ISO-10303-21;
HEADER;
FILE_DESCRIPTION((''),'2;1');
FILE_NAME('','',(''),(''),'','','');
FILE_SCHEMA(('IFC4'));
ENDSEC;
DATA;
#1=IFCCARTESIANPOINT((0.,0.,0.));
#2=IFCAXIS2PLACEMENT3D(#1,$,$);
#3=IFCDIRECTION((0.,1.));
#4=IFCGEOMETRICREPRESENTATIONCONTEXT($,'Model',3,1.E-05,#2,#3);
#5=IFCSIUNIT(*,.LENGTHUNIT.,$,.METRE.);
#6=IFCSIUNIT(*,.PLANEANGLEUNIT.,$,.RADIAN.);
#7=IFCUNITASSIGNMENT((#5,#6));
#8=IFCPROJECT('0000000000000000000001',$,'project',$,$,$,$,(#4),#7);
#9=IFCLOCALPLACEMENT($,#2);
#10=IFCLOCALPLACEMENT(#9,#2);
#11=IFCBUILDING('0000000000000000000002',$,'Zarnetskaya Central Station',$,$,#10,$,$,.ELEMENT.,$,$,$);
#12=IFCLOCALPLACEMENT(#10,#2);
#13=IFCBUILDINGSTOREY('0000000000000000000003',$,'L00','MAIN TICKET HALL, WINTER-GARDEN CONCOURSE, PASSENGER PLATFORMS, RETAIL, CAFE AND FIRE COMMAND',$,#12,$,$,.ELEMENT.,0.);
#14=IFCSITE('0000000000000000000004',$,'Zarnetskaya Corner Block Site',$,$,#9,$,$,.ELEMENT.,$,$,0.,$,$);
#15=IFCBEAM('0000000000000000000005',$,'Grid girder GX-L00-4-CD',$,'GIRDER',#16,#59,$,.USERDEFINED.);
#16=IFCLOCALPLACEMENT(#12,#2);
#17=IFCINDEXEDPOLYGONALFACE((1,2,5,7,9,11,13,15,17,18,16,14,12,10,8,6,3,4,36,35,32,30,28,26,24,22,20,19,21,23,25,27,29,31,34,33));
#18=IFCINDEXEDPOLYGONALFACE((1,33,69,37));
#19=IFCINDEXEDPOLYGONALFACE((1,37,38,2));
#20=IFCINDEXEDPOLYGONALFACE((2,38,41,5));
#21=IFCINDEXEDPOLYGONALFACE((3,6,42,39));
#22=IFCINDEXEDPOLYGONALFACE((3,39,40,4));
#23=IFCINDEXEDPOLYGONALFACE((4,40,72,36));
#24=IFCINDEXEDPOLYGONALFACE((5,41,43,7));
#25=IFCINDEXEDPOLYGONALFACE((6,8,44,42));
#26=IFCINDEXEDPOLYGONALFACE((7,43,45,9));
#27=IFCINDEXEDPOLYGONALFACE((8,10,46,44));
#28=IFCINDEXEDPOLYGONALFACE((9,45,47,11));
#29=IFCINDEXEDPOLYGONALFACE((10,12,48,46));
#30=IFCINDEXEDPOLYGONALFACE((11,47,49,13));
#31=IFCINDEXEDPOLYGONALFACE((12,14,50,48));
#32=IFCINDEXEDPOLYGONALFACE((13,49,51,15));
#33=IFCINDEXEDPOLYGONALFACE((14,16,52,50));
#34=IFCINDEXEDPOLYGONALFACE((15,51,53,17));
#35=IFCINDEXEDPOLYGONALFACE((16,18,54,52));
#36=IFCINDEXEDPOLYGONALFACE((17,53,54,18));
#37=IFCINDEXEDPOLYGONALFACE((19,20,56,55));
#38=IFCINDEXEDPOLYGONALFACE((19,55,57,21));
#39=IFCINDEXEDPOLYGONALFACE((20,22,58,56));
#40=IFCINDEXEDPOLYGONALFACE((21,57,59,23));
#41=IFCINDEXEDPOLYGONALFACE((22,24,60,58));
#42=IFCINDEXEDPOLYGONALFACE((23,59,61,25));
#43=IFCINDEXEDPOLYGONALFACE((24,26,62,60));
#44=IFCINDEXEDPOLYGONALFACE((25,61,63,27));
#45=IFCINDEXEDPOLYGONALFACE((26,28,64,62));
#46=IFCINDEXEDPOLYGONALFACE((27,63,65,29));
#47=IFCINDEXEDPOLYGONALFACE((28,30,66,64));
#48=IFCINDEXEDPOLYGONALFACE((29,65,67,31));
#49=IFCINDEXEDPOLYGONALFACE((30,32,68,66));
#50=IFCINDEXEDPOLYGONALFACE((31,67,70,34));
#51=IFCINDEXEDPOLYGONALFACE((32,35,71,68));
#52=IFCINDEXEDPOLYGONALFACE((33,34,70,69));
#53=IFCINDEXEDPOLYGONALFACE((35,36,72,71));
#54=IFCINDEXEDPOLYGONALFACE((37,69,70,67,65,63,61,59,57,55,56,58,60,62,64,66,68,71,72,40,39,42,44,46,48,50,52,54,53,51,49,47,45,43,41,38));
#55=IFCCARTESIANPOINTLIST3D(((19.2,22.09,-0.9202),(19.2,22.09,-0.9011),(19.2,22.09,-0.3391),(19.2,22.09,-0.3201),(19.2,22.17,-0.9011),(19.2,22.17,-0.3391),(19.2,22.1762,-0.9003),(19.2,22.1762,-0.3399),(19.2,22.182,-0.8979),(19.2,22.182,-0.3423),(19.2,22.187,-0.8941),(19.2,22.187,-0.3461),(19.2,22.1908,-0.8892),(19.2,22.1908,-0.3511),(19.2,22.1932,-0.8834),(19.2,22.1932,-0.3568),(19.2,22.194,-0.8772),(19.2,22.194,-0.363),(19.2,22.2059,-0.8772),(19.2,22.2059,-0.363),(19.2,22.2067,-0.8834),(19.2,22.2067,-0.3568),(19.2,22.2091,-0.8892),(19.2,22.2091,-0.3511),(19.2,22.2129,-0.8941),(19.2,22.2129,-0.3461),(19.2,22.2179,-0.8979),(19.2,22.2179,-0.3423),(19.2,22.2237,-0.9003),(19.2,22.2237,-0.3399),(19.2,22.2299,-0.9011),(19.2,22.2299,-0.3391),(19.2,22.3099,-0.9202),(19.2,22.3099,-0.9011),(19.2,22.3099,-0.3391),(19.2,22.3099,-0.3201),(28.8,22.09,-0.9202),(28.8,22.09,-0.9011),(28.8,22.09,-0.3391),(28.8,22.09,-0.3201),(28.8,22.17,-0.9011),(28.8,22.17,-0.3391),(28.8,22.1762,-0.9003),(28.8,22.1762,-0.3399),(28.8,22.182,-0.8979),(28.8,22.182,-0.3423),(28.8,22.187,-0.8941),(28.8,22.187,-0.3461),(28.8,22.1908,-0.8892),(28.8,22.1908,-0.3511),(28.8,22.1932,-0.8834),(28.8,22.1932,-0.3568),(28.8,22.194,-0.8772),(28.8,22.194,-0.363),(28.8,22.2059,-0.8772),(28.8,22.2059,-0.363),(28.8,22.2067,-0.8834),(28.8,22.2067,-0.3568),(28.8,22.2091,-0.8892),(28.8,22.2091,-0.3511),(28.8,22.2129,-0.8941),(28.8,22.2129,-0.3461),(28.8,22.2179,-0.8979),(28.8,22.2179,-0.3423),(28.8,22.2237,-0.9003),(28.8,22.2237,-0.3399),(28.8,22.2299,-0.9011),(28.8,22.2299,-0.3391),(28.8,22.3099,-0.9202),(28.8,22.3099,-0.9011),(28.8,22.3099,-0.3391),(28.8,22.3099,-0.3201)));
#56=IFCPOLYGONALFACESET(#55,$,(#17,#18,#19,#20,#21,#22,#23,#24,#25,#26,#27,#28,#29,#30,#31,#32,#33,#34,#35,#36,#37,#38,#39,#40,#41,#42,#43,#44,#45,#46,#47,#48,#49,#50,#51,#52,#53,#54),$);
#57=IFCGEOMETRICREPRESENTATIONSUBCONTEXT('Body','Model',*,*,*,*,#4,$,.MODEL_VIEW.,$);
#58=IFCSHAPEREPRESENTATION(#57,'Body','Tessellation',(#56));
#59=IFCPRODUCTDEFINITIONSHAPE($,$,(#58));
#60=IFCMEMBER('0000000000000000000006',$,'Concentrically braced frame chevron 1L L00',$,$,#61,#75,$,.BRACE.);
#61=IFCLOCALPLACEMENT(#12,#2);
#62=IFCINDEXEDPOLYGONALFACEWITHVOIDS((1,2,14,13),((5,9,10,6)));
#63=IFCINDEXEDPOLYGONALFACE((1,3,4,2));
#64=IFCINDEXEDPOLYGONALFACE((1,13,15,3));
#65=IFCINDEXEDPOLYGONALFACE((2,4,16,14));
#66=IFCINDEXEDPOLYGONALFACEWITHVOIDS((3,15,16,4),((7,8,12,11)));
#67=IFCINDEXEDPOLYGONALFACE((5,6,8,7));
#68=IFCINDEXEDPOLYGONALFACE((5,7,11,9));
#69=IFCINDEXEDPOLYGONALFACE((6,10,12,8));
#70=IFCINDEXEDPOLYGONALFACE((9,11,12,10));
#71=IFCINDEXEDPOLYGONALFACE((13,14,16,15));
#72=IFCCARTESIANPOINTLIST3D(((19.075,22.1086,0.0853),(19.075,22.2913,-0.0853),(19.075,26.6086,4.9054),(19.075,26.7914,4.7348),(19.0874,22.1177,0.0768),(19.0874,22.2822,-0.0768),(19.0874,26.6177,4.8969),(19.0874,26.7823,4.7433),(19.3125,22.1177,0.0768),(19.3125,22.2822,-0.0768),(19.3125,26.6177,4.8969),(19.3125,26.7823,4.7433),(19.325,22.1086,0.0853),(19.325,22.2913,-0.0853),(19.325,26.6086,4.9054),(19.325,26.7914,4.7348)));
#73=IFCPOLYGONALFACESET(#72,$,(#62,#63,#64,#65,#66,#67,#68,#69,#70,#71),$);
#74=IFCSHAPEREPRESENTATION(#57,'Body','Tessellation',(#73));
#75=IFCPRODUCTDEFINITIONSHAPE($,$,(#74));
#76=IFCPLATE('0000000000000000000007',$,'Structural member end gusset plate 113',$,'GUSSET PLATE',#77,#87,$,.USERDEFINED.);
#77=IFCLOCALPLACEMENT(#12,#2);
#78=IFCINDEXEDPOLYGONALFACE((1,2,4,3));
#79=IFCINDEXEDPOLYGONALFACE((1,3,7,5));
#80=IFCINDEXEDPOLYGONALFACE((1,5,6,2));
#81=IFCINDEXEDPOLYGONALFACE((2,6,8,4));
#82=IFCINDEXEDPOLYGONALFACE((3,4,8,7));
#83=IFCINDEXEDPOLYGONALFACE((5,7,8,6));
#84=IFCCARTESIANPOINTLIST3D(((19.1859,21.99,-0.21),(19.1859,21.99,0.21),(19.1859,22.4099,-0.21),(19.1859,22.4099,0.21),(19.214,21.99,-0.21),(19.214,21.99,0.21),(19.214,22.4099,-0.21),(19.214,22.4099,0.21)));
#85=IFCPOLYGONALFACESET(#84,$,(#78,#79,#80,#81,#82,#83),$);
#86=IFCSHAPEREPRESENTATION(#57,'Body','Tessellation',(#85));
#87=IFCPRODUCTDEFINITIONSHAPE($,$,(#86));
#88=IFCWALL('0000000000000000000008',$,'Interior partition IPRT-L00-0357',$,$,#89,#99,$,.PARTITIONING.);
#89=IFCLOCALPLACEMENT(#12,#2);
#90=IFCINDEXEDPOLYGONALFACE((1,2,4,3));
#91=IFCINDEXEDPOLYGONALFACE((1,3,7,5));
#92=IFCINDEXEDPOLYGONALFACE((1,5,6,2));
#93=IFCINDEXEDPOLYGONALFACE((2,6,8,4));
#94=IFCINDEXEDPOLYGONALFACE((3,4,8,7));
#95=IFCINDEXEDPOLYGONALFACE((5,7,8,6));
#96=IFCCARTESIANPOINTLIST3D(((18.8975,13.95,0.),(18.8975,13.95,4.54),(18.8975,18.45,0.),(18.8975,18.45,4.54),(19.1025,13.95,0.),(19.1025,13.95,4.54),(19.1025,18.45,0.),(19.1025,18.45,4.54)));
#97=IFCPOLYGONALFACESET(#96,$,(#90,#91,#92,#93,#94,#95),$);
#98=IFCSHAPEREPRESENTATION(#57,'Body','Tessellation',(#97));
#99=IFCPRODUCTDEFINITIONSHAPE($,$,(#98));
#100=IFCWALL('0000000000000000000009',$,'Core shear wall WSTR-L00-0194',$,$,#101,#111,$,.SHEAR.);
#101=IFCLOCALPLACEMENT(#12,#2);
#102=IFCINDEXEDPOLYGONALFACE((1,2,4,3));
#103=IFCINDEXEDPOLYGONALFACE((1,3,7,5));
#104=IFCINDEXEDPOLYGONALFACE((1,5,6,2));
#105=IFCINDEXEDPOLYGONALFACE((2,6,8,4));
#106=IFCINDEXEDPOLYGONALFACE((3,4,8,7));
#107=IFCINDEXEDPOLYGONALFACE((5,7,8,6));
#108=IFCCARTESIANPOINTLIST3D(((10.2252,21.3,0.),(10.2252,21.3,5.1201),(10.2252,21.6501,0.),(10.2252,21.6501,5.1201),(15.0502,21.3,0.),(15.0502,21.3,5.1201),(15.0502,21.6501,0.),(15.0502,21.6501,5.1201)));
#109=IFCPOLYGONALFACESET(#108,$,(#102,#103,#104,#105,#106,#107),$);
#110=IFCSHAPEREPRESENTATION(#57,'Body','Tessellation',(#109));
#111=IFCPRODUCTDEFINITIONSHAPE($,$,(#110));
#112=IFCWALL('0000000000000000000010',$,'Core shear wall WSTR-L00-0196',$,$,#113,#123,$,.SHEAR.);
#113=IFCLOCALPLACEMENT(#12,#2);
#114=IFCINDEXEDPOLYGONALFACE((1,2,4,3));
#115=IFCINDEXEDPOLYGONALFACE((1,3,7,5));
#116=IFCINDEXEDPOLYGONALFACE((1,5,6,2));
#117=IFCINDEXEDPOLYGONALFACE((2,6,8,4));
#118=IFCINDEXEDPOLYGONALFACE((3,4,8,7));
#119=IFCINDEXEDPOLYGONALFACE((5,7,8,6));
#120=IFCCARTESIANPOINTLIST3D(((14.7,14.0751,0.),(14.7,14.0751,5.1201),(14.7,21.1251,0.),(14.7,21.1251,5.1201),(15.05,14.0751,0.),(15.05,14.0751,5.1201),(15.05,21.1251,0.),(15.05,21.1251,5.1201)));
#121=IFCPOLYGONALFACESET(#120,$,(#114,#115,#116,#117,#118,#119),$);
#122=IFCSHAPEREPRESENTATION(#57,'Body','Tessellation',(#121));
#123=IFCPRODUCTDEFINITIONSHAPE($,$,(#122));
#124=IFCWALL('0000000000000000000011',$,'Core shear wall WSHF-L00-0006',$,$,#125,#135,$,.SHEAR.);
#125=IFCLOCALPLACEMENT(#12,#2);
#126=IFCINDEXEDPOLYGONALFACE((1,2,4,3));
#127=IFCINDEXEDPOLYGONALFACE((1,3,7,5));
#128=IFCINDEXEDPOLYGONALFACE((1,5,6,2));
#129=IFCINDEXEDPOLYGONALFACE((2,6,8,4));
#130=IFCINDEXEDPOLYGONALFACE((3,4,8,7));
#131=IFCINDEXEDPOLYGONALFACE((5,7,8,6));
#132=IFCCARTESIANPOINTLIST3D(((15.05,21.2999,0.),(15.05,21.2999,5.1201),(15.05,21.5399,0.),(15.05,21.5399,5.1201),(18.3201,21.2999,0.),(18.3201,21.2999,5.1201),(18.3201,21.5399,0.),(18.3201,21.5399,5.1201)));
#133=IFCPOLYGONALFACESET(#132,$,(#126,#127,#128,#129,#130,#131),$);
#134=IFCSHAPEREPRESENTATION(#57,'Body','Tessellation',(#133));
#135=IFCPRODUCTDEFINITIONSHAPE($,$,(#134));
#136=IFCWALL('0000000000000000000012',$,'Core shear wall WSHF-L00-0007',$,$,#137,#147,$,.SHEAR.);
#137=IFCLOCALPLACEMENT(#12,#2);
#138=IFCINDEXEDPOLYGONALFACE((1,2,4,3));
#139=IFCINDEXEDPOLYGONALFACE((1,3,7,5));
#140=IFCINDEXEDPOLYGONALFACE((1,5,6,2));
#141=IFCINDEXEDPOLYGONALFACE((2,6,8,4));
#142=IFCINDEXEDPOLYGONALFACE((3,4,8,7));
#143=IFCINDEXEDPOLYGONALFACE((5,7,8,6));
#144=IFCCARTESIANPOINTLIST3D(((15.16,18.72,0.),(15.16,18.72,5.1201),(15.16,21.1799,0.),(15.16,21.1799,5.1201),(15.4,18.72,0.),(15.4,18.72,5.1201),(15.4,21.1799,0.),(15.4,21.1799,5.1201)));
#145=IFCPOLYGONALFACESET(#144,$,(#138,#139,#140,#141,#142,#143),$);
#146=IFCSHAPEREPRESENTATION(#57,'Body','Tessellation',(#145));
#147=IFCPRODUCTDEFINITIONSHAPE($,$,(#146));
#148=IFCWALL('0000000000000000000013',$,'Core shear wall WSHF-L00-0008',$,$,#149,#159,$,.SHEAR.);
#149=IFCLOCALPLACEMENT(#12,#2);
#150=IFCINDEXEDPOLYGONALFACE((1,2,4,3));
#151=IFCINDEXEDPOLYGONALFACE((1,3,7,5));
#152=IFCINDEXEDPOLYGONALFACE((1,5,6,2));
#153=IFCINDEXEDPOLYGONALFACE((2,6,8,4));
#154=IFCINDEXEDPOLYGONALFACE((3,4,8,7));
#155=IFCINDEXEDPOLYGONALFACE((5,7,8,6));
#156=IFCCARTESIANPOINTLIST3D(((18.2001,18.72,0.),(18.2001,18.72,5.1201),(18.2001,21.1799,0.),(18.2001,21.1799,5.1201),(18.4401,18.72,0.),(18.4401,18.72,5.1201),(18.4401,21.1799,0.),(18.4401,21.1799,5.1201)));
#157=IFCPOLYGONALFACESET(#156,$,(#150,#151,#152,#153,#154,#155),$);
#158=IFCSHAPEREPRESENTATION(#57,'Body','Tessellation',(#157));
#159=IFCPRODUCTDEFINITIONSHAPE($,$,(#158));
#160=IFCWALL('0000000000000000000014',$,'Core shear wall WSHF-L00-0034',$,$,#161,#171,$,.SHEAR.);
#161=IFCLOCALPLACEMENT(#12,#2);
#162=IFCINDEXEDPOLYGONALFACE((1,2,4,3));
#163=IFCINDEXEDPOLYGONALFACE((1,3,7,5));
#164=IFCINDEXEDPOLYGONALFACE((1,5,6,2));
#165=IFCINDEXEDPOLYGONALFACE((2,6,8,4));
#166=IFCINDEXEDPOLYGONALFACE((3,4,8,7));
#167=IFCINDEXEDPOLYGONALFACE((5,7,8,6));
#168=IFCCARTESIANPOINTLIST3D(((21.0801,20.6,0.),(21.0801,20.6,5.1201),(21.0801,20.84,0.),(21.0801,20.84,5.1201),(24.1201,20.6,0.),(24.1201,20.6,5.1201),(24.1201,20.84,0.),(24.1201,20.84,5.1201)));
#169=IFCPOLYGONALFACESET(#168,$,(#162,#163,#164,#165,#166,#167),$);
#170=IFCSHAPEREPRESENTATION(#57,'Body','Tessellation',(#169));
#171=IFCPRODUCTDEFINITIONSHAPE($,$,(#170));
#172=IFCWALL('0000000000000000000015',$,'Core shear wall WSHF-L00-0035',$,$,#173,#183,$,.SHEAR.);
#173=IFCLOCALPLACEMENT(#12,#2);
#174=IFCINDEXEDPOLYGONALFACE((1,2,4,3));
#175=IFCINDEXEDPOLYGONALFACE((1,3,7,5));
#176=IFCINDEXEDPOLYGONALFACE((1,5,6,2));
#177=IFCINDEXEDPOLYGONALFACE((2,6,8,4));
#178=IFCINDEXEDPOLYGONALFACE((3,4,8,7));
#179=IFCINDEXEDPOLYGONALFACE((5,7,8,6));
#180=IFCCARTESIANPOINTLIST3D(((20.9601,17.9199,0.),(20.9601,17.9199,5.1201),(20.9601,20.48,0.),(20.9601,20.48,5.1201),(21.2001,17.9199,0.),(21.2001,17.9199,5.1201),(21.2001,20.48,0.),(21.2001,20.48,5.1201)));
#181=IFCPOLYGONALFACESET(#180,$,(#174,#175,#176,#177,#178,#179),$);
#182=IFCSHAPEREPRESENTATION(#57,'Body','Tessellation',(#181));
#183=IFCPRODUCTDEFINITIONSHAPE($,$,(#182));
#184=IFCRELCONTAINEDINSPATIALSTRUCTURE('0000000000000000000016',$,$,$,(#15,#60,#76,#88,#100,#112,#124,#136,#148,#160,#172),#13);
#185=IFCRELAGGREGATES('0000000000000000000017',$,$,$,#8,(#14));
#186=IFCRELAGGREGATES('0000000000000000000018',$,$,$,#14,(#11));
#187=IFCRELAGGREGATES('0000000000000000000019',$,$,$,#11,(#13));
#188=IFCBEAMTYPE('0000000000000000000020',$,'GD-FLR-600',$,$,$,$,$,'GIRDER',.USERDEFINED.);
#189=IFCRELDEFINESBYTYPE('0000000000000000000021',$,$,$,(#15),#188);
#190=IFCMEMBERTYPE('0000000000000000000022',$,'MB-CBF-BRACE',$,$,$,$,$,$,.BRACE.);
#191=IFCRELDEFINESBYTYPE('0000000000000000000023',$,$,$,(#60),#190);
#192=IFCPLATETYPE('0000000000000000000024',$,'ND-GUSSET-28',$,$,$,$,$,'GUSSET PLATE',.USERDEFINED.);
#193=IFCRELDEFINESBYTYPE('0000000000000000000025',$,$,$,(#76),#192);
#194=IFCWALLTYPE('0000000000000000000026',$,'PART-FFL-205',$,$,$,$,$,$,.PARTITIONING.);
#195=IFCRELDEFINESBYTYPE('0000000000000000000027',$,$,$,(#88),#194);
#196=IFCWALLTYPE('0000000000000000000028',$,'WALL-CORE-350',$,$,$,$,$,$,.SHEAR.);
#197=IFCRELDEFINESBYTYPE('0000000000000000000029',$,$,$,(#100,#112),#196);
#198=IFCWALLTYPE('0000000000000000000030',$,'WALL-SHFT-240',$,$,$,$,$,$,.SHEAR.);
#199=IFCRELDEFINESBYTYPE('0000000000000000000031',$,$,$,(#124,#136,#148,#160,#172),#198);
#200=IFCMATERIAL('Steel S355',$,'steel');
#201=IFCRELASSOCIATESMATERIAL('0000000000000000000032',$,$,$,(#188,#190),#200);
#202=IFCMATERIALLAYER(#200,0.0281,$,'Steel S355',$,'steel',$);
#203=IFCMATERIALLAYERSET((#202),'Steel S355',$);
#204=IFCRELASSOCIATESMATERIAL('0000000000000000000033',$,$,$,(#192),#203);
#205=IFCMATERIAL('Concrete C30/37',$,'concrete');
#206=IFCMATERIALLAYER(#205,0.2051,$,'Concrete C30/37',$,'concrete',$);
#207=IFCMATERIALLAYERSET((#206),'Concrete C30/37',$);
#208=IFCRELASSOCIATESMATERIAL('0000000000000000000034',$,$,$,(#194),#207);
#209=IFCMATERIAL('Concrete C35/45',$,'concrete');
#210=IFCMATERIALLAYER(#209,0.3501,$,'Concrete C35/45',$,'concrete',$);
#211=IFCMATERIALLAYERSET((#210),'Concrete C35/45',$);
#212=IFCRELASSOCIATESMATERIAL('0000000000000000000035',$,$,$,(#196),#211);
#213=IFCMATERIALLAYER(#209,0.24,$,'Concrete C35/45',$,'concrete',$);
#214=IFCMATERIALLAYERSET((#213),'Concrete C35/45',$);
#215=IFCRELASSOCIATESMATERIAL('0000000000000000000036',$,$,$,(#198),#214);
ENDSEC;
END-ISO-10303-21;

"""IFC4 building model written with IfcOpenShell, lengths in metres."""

from ifc_helpers import new_model, si_unit, direction, frame, frame_2d, origin, origin_2d, place, context, subcontext, project, spatial, rectangle, hollow_rectangle, i_section, extrude, material, layer, layer_set, material_profile, profile_set, type_object, element, save


model = new_model("IFC4")

# Units and contexts
model_context = context("Model", 3, precision=1e-05, world=origin(), true_north=direction((0.0, 1.0)))
body_context = subcontext(model_context, "Body", "Model", "MODEL_VIEW")
ifc_project = project(units=[si_unit("LENGTHUNIT", "METRE"), si_unit("PLANEANGLEUNIT", "RADIAN")], contexts=[model_context])

# Site, building, storey
site_placement = place(None, origin())
site = spatial("IfcSite", under=ifc_project, at=site_placement, Name="Zarnetskaya Corner Block Site", CompositionType="ELEMENT", RefElevation=0.0)
building_placement = place(site_placement, origin())
building = spatial("IfcBuilding", under=site, at=building_placement, Name="Zarnetskaya Central Station", CompositionType="ELEMENT")
storey_placement = place(building_placement, origin())
storey = spatial("IfcBuildingStorey", under=building, at=storey_placement, Name="L00", Description="MAIN TICKET HALL, WINTER-GARDEN CONCOURSE, PASSENGER PLATFORMS, RETAIL, CAFE AND FIRE COMMAND", CompositionType="ELEMENT", Elevation=0.0)

# Shared definitions
ifc_material_1 = material(Name="Steel S355", Category="steel")

# Beam
ifc_material_profile_1 = material_profile(ifc_material_1, i_section(OverallWidth=0.22, OverallDepth=0.6001, WebThickness=0.012, FlangeThickness=0.019, FilletRadius=0.0239, at=origin_2d()), Name="IPE 600")
ifc_profile_set_1 = profile_set([ifc_material_profile_1], Name="Steel S355")
beam_type_1 = type_object("IfcBeamType", Name="GD-FLR-600", ElementType="GIRDER", PredefinedType="USERDEFINED", material=ifc_profile_set_1)
beam_placement = place(storey_placement, frame((19.2, 22.2, -0.6201), z_axis=(1.0, 0.0, 0.0), x_axis=(0.0, 1.0, 0.0)))
element("IfcBeam", 1, at=beam_placement, inside=storey, type_object=beam_type_1, Name="Grid girder GX-L00-4-CD", ObjectType="GIRDER", PredefinedType="USERDEFINED", context=body_context, shape_type="SweptSolid", body=[
    extrude(i_section(OverallWidth=0.22, OverallDepth=0.6001, WebThickness=0.012, FlangeThickness=0.019, FilletRadius=0.0239, at=origin_2d()), origin(), (0.0, 0.0, 1.0), 9.6001),
])

# Member
ifc_material_profile_2 = material_profile(ifc_material_1, hollow_rectangle(XDim=0.25, YDim=0.25, WallThickness=0.0125, at=origin_2d()), Name="SHS 250x250x12.5")
ifc_profile_set_2 = profile_set([ifc_material_profile_2], Name="Steel S355")
member_type = type_object("IfcMemberType", Name="MB-CBF-BRACE", PredefinedType="BRACE", material=ifc_profile_set_2)
member_placement = place(storey_placement, frame((19.2, 22.2, 0.0), z_axis=(0.0, 0.682421, 0.730959), x_axis=(-1.0, 0.0, 0.0)))
element("IfcMember", 2, at=member_placement, inside=storey, type_object=member_type, Name="Concentrically braced frame chevron 1L L00", PredefinedType="BRACE", context=body_context, shape_type="SweptSolid", body=[
    extrude(hollow_rectangle(XDim=0.25, YDim=0.25, WallThickness=0.0125, at=origin_2d()), origin(), (0.0, 0.0, 1.0), 6.5942),
])

# Plate
ifc_layer_1 = layer(ifc_material_1, 0.0281, Name="Steel S355", Category="steel")
ifc_layer_set_1 = layer_set([ifc_layer_1], Name="Steel S355")
plate_type = type_object("IfcPlateType", Name="ND-GUSSET-28", ElementType="GUSSET PLATE", PredefinedType="USERDEFINED", material=ifc_layer_set_1)
plate_placement = place(storey_placement, frame((19.2, 22.2, -0.21), z_axis=(0.0, 0.0, 1.0), x_axis=(1.0, 0.0, 0.0)))
element("IfcPlate", 3, at=plate_placement, inside=storey, type_object=plate_type, Name="Structural member end gusset plate 113", ObjectType="GUSSET PLATE", PredefinedType="USERDEFINED", context=body_context, shape_type="SweptSolid", body=[
    extrude(rectangle(XDim=0.0281, YDim=0.4199, at=origin_2d()), origin(), (0.0, 0.0, 1.0), 0.4199),
])

# Walls
ifc_material_2 = material(Name="Concrete C30/37", Category="concrete")
ifc_layer_2 = layer(ifc_material_2, 0.2051, Name="Concrete C30/37", Category="concrete")
ifc_layer_set_2 = layer_set([ifc_layer_2], Name="Concrete C30/37")
wall_type_1 = type_object("IfcWallType", Name="PART-FFL-205", PredefinedType="PARTITIONING", material=ifc_layer_set_2)
wall_1_placement = place(storey_placement, frame((19.0, 18.45, 0.0), z_axis=(0.0, 0.0, 1.0), x_axis=(0.0, -1.0, 0.0)))
element("IfcWall", 4, at=wall_1_placement, inside=storey, type_object=wall_type_1, Name="Interior partition IPRT-L00-0357", PredefinedType="PARTITIONING", context=body_context, shape_type="SweptSolid", body=[
    extrude(rectangle(XDim=4.5, YDim=0.2051, at=frame_2d((2.25, 0.0))), origin(), (0.0, 0.0, 1.0), 4.54),
])
ifc_material_3 = material(Name="Concrete C35/45", Category="concrete")
ifc_layer_3 = layer(ifc_material_3, 0.3501, Name="Concrete C35/45", Category="concrete")
ifc_layer_set_3 = layer_set([ifc_layer_3], Name="Concrete C35/45")
wall_type_2 = type_object("IfcWallType", Name="WALL-CORE-350", PredefinedType="SHEAR", material=ifc_layer_set_3)
wall_2_placement = place(storey_placement, frame((10.2251, 21.4751, 0.0), z_axis=(0.0, 0.0, 1.0), x_axis=(1.0, 0.0, 0.0)))
element("IfcWall", 5, at=wall_2_placement, inside=storey, type_object=wall_type_2, Name="Core shear wall WSTR-L00-0194", PredefinedType="SHEAR", context=body_context, shape_type="SweptSolid", body=[
    extrude(rectangle(XDim=4.825, YDim=0.3501, at=frame_2d((2.4126, 0.0))), origin(), (0.0, 0.0, 1.0), 5.1201),
])
wall_3_placement = place(storey_placement, frame((14.875, 21.125, 0.0), z_axis=(0.0, 0.0, 1.0), x_axis=(0.0, -1.0, 0.0)))
element("IfcWall", 6, at=wall_3_placement, inside=storey, type_object=wall_type_2, Name="Core shear wall WSTR-L00-0196", PredefinedType="SHEAR", context=body_context, shape_type="SweptSolid", body=[
    extrude(rectangle(XDim=7.05, YDim=0.3501, at=frame_2d((3.5249, 0.0))), origin(), (0.0, 0.0, 1.0), 5.1201),
])

# Shared definitions
ifc_layer_4 = layer(ifc_material_3, 0.24, Name="Concrete C35/45", Category="concrete")
ifc_layer_set_4 = layer_set([ifc_layer_4], Name="Concrete C35/45")
wall_type_3 = type_object("IfcWallType", Name="WALL-SHFT-240", PredefinedType="SHEAR", material=ifc_layer_set_4)

# Walls
wall_4_placement = place(storey_placement, frame((15.05, 21.4199, 0.0), z_axis=(0.0, 0.0, 1.0), x_axis=(1.0, 0.0, 0.0)))
element("IfcWall", 7, at=wall_4_placement, inside=storey, type_object=wall_type_3, Name="Core shear wall WSHF-L00-0006", PredefinedType="SHEAR", context=body_context, shape_type="SweptSolid", body=[
    extrude(rectangle(XDim=3.27, YDim=0.24, at=frame_2d((1.635, 0.0))), origin(), (0.0, 0.0, 1.0), 5.1201),
])
for number, where, z_axis, x_axis, name in (
    (8, (15.28, 18.72, 0.0), (0.0, 0.0, 1.0), (0.0, 1.0, 0.0), "Core shear wall WSHF-L00-0007"),
    (9, (18.3201, 21.1799, 0.0), (0.0, 0.0, 1.0), (0.0, -1.0, 0.0), "Core shear wall WSHF-L00-0008"),
):
    element("IfcWall", number, at=place(storey_placement, frame(where, z_axis=z_axis, x_axis=x_axis)), inside=storey, type_object=wall_type_3, Name=name, PredefinedType="SHEAR", context=body_context, shape_type="SweptSolid", body=[
        extrude(rectangle(XDim=2.46, YDim=0.24, at=frame_2d((1.23, 0.0))), origin(), (0.0, 0.0, 1.0), 5.1201),
    ])

# Walls
wall_5_placement = place(storey_placement, frame((21.0801, 20.72, 0.0), z_axis=(0.0, 0.0, 1.0), x_axis=(1.0, 0.0, 0.0)))
element("IfcWall", 10, at=wall_5_placement, inside=storey, type_object=wall_type_3, Name="Core shear wall WSHF-L00-0034", PredefinedType="SHEAR", context=body_context, shape_type="SweptSolid", body=[
    extrude(rectangle(XDim=3.04, YDim=0.24, at=frame_2d((1.52, 0.0))), origin(), (0.0, 0.0, 1.0), 5.1201),
])
for number, where, z_axis, x_axis, name in (
    (11, (21.0801, 17.9199, 0.0), (0.0, 0.0, 1.0), (0.0, 1.0, 0.0), "Core shear wall WSHF-L00-0035"),
):
    element("IfcWall", number, at=place(storey_placement, frame(where, z_axis=z_axis, x_axis=x_axis)), inside=storey, type_object=wall_type_3, Name=name, PredefinedType="SHEAR", context=body_context, shape_type="SweptSolid", body=[
        extrude(rectangle(XDim=2.5601, YDim=0.24, at=frame_2d((1.28, 0.0))), origin(), (0.0, 0.0, 1.0), 5.1201),
    ])

save(model, "model.ifc")
